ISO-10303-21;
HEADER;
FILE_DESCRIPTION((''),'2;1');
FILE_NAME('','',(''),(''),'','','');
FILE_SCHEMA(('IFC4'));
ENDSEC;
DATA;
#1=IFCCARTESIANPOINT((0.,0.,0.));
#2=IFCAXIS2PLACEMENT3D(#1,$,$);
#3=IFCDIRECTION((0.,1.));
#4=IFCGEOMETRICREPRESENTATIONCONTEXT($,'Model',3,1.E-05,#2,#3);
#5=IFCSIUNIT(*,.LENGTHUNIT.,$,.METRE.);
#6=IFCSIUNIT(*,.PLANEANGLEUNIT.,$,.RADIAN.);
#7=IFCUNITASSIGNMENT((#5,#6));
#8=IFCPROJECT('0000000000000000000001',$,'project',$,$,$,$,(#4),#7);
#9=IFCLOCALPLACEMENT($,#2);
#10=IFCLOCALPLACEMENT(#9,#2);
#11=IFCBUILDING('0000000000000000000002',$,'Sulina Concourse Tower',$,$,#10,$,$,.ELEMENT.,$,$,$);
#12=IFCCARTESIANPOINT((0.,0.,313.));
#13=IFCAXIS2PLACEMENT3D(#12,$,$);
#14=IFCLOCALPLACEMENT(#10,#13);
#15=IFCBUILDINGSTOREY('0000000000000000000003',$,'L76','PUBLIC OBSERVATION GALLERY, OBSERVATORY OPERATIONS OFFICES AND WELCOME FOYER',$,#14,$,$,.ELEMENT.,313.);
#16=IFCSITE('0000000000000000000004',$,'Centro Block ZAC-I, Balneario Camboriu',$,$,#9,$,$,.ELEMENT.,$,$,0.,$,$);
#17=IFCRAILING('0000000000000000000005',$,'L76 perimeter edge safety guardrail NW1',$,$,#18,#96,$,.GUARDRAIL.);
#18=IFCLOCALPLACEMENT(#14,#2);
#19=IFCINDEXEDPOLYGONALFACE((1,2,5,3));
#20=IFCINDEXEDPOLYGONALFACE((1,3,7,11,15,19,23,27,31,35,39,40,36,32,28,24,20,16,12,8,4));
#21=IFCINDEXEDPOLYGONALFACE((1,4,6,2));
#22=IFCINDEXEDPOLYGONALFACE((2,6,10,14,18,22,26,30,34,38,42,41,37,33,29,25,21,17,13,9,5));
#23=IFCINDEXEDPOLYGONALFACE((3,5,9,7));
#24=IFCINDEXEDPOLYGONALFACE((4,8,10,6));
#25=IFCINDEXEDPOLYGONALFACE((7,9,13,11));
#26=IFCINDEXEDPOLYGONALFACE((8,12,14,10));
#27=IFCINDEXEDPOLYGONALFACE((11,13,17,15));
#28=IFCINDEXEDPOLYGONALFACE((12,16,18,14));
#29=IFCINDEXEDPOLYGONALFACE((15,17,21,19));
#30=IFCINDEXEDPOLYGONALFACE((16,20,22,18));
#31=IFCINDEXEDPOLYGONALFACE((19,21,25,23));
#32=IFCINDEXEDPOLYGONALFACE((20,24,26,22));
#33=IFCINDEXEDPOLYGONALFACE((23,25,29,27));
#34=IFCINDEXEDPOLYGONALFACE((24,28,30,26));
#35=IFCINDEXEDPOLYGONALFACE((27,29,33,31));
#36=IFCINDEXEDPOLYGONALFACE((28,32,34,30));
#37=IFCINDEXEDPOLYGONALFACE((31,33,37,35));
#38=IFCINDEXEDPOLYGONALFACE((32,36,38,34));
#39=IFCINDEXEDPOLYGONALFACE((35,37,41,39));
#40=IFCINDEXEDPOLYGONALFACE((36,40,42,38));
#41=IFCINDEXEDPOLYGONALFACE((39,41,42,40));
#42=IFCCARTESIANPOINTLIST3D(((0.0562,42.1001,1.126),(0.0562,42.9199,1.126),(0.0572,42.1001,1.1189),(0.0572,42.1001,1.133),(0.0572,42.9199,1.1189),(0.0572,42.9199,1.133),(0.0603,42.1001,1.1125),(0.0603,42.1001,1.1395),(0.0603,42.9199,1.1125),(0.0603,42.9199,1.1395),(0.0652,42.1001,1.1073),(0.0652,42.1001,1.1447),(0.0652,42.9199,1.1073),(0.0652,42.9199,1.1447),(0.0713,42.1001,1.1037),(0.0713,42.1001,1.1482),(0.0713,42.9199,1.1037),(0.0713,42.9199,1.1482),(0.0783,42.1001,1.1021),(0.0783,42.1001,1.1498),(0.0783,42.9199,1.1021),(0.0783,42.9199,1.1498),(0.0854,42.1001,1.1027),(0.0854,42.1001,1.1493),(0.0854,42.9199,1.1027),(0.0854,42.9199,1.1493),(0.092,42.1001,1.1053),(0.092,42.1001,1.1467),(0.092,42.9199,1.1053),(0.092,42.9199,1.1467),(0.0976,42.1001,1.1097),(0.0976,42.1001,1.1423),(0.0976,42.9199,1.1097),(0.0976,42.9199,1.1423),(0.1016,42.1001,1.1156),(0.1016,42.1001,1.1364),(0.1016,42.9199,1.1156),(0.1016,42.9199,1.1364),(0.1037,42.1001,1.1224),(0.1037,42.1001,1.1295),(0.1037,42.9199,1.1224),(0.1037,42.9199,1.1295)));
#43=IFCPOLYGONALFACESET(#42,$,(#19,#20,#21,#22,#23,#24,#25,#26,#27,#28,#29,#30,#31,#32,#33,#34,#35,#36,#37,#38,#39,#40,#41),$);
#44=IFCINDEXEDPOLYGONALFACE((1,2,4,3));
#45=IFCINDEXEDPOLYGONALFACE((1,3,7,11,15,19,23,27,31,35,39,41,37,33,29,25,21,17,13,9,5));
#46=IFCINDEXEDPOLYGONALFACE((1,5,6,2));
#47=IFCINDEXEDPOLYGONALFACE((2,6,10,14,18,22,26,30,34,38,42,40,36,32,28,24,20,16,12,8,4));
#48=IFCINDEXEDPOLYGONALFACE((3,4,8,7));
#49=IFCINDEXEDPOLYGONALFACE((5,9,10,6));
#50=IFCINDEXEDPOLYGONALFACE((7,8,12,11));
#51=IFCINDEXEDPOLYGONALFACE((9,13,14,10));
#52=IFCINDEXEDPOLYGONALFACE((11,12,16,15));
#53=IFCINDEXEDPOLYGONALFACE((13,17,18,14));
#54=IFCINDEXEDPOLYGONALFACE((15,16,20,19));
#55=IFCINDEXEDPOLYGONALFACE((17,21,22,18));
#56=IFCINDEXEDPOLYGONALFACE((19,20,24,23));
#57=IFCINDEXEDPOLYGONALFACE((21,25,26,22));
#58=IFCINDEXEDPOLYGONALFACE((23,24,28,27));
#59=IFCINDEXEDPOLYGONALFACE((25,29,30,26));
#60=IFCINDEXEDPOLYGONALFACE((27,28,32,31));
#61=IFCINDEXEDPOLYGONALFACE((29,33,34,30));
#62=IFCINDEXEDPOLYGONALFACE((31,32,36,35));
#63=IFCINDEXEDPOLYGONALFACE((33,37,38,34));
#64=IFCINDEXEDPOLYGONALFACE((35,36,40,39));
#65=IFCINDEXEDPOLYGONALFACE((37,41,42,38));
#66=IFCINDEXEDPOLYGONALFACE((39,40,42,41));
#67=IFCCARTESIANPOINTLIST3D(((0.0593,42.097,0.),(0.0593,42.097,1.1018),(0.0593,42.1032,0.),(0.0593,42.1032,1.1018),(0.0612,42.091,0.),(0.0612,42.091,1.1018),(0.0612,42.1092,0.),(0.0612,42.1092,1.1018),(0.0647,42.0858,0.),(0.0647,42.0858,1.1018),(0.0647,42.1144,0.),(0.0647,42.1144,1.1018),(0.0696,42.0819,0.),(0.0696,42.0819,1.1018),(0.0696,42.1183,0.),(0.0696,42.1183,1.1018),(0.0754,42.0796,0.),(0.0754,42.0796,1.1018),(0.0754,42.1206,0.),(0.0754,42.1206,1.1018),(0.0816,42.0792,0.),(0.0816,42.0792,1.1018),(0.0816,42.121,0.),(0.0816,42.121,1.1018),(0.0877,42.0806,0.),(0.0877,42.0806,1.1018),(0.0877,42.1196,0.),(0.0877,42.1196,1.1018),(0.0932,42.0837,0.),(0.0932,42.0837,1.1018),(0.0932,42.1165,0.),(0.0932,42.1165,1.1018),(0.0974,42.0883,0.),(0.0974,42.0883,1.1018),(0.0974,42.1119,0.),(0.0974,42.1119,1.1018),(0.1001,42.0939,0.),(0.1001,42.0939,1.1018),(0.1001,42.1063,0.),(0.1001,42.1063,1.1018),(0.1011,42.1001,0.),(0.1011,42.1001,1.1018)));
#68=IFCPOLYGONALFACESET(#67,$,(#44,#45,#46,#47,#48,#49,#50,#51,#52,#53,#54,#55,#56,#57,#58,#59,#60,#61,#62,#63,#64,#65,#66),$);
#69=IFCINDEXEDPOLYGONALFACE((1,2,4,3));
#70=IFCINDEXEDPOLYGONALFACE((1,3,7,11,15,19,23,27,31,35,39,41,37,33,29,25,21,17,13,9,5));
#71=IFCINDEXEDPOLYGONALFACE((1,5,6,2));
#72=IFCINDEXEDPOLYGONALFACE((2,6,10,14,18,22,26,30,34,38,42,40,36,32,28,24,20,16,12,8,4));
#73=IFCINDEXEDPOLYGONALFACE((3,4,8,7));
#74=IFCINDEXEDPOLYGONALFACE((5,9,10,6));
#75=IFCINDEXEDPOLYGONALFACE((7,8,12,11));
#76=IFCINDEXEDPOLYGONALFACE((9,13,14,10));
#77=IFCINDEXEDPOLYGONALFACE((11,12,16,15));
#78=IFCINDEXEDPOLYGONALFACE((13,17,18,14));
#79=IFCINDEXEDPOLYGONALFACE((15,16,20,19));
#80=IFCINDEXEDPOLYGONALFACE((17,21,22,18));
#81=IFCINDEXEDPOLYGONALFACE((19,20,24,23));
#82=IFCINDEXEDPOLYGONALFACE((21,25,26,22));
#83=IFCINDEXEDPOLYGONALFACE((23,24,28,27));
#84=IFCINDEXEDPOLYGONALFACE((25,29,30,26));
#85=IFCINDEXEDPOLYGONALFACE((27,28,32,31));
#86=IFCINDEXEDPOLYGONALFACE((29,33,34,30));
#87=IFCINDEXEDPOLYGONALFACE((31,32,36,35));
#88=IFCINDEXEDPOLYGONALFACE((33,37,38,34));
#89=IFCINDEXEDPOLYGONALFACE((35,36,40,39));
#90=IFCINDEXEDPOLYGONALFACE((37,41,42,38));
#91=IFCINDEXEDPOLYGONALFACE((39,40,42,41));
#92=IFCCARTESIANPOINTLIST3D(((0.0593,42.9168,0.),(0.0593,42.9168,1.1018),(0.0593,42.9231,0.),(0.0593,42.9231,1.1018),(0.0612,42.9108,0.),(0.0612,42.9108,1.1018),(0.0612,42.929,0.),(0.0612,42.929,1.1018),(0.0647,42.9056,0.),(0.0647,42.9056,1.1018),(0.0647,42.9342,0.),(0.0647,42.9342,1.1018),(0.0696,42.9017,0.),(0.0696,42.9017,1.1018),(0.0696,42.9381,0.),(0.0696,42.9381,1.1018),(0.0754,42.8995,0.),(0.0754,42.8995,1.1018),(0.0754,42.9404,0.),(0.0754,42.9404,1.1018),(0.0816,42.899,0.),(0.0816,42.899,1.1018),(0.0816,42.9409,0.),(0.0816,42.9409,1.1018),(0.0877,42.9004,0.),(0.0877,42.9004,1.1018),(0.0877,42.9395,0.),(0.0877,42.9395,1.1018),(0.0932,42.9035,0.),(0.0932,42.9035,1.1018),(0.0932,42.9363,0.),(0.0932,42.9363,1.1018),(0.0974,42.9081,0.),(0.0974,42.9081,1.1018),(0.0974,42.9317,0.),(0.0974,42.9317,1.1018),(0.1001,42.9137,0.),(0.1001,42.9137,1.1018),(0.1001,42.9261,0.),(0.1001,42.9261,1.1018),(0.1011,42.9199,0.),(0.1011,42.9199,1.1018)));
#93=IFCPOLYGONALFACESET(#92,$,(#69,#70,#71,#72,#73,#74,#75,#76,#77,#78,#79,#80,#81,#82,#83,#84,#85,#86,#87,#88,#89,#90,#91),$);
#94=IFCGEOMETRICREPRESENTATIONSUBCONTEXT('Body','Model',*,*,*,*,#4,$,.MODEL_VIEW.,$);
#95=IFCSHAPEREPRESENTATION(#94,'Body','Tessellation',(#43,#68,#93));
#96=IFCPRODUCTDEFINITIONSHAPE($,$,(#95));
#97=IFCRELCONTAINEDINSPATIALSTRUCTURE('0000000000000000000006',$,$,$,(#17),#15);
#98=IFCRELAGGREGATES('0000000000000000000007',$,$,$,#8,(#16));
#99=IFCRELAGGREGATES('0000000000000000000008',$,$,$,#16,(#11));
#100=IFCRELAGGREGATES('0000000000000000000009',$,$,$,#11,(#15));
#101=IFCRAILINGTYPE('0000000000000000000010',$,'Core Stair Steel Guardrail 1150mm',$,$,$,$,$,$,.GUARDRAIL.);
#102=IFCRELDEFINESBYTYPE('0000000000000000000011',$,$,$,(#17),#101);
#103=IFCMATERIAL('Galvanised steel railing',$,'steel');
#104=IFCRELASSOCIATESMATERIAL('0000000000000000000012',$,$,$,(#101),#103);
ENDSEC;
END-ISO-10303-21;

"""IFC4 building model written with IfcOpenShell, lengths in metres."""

from ifc_helpers import new_model, si_unit, direction, frame, origin, origin_2d, place, context, subcontext, project, spatial, circle, extrude, material, type_object, element, save


model = new_model("IFC4")

# Units and contexts
model_context = context("Model", 3, precision=1e-05, world=origin(), true_north=direction((0.0, 1.0)))
body_context = subcontext(model_context, "Body", "Model", "MODEL_VIEW")
ifc_project = project(units=[si_unit("LENGTHUNIT", "METRE"), si_unit("PLANEANGLEUNIT", "RADIAN")], contexts=[model_context])

# Site, building, storey
site_placement = place(None, origin())
site = spatial("IfcSite", under=ifc_project, at=site_placement, Name="Centro Block ZAC-I, Balneario Camboriu", CompositionType="ELEMENT", RefElevation=0.0)
building_placement = place(site_placement, origin())
building = spatial("IfcBuilding", under=site, at=building_placement, Name="Sulina Concourse Tower", CompositionType="ELEMENT")
storey_placement = place(building_placement, frame((0.0, 0.0, 313.0)))
storey = spatial("IfcBuildingStorey", under=building, at=storey_placement, Name="L76", Description="PUBLIC OBSERVATION GALLERY, OBSERVATORY OPERATIONS OFFICES AND WELCOME FOYER", CompositionType="ELEMENT", Elevation=313.0)

# Railing
ifc_material_1 = material(Name="Galvanised steel railing", Category="steel")
railing_type_1 = type_object("IfcRailingType", Name="Core Stair Steel Guardrail 1150mm", PredefinedType="GUARDRAIL", material=ifc_material_1)
railing_1_placement = place(storey_placement, frame((0.0801, 42.1001, 0.0)))
element("IfcRailing", 1, at=railing_1_placement, inside=storey, type_object=railing_type_1, Name="L76 perimeter edge safety guardrail NW1", PredefinedType="GUARDRAIL", context=body_context, shape_type="SweptSolid", body=[
    extrude(circle(Radius=0.0239, at=origin_2d()), frame((0.0, 0.0, 1.126), z_axis=(0.0, 1.0, 0.0), x_axis=(-1.0, 0.0, 0.0)), (0.0, 0.0, 1.0), 0.8198),
    extrude(circle(Radius=0.021, at=origin_2d()), origin(), (0.0, 0.0, 1.0), 1.1018),
    extrude(circle(Radius=0.021, at=origin_2d()), frame((0.0, 0.8198, 0.0)), (0.0, 0.0, 1.0), 1.1018),
])

save(model, "model.ifc")
